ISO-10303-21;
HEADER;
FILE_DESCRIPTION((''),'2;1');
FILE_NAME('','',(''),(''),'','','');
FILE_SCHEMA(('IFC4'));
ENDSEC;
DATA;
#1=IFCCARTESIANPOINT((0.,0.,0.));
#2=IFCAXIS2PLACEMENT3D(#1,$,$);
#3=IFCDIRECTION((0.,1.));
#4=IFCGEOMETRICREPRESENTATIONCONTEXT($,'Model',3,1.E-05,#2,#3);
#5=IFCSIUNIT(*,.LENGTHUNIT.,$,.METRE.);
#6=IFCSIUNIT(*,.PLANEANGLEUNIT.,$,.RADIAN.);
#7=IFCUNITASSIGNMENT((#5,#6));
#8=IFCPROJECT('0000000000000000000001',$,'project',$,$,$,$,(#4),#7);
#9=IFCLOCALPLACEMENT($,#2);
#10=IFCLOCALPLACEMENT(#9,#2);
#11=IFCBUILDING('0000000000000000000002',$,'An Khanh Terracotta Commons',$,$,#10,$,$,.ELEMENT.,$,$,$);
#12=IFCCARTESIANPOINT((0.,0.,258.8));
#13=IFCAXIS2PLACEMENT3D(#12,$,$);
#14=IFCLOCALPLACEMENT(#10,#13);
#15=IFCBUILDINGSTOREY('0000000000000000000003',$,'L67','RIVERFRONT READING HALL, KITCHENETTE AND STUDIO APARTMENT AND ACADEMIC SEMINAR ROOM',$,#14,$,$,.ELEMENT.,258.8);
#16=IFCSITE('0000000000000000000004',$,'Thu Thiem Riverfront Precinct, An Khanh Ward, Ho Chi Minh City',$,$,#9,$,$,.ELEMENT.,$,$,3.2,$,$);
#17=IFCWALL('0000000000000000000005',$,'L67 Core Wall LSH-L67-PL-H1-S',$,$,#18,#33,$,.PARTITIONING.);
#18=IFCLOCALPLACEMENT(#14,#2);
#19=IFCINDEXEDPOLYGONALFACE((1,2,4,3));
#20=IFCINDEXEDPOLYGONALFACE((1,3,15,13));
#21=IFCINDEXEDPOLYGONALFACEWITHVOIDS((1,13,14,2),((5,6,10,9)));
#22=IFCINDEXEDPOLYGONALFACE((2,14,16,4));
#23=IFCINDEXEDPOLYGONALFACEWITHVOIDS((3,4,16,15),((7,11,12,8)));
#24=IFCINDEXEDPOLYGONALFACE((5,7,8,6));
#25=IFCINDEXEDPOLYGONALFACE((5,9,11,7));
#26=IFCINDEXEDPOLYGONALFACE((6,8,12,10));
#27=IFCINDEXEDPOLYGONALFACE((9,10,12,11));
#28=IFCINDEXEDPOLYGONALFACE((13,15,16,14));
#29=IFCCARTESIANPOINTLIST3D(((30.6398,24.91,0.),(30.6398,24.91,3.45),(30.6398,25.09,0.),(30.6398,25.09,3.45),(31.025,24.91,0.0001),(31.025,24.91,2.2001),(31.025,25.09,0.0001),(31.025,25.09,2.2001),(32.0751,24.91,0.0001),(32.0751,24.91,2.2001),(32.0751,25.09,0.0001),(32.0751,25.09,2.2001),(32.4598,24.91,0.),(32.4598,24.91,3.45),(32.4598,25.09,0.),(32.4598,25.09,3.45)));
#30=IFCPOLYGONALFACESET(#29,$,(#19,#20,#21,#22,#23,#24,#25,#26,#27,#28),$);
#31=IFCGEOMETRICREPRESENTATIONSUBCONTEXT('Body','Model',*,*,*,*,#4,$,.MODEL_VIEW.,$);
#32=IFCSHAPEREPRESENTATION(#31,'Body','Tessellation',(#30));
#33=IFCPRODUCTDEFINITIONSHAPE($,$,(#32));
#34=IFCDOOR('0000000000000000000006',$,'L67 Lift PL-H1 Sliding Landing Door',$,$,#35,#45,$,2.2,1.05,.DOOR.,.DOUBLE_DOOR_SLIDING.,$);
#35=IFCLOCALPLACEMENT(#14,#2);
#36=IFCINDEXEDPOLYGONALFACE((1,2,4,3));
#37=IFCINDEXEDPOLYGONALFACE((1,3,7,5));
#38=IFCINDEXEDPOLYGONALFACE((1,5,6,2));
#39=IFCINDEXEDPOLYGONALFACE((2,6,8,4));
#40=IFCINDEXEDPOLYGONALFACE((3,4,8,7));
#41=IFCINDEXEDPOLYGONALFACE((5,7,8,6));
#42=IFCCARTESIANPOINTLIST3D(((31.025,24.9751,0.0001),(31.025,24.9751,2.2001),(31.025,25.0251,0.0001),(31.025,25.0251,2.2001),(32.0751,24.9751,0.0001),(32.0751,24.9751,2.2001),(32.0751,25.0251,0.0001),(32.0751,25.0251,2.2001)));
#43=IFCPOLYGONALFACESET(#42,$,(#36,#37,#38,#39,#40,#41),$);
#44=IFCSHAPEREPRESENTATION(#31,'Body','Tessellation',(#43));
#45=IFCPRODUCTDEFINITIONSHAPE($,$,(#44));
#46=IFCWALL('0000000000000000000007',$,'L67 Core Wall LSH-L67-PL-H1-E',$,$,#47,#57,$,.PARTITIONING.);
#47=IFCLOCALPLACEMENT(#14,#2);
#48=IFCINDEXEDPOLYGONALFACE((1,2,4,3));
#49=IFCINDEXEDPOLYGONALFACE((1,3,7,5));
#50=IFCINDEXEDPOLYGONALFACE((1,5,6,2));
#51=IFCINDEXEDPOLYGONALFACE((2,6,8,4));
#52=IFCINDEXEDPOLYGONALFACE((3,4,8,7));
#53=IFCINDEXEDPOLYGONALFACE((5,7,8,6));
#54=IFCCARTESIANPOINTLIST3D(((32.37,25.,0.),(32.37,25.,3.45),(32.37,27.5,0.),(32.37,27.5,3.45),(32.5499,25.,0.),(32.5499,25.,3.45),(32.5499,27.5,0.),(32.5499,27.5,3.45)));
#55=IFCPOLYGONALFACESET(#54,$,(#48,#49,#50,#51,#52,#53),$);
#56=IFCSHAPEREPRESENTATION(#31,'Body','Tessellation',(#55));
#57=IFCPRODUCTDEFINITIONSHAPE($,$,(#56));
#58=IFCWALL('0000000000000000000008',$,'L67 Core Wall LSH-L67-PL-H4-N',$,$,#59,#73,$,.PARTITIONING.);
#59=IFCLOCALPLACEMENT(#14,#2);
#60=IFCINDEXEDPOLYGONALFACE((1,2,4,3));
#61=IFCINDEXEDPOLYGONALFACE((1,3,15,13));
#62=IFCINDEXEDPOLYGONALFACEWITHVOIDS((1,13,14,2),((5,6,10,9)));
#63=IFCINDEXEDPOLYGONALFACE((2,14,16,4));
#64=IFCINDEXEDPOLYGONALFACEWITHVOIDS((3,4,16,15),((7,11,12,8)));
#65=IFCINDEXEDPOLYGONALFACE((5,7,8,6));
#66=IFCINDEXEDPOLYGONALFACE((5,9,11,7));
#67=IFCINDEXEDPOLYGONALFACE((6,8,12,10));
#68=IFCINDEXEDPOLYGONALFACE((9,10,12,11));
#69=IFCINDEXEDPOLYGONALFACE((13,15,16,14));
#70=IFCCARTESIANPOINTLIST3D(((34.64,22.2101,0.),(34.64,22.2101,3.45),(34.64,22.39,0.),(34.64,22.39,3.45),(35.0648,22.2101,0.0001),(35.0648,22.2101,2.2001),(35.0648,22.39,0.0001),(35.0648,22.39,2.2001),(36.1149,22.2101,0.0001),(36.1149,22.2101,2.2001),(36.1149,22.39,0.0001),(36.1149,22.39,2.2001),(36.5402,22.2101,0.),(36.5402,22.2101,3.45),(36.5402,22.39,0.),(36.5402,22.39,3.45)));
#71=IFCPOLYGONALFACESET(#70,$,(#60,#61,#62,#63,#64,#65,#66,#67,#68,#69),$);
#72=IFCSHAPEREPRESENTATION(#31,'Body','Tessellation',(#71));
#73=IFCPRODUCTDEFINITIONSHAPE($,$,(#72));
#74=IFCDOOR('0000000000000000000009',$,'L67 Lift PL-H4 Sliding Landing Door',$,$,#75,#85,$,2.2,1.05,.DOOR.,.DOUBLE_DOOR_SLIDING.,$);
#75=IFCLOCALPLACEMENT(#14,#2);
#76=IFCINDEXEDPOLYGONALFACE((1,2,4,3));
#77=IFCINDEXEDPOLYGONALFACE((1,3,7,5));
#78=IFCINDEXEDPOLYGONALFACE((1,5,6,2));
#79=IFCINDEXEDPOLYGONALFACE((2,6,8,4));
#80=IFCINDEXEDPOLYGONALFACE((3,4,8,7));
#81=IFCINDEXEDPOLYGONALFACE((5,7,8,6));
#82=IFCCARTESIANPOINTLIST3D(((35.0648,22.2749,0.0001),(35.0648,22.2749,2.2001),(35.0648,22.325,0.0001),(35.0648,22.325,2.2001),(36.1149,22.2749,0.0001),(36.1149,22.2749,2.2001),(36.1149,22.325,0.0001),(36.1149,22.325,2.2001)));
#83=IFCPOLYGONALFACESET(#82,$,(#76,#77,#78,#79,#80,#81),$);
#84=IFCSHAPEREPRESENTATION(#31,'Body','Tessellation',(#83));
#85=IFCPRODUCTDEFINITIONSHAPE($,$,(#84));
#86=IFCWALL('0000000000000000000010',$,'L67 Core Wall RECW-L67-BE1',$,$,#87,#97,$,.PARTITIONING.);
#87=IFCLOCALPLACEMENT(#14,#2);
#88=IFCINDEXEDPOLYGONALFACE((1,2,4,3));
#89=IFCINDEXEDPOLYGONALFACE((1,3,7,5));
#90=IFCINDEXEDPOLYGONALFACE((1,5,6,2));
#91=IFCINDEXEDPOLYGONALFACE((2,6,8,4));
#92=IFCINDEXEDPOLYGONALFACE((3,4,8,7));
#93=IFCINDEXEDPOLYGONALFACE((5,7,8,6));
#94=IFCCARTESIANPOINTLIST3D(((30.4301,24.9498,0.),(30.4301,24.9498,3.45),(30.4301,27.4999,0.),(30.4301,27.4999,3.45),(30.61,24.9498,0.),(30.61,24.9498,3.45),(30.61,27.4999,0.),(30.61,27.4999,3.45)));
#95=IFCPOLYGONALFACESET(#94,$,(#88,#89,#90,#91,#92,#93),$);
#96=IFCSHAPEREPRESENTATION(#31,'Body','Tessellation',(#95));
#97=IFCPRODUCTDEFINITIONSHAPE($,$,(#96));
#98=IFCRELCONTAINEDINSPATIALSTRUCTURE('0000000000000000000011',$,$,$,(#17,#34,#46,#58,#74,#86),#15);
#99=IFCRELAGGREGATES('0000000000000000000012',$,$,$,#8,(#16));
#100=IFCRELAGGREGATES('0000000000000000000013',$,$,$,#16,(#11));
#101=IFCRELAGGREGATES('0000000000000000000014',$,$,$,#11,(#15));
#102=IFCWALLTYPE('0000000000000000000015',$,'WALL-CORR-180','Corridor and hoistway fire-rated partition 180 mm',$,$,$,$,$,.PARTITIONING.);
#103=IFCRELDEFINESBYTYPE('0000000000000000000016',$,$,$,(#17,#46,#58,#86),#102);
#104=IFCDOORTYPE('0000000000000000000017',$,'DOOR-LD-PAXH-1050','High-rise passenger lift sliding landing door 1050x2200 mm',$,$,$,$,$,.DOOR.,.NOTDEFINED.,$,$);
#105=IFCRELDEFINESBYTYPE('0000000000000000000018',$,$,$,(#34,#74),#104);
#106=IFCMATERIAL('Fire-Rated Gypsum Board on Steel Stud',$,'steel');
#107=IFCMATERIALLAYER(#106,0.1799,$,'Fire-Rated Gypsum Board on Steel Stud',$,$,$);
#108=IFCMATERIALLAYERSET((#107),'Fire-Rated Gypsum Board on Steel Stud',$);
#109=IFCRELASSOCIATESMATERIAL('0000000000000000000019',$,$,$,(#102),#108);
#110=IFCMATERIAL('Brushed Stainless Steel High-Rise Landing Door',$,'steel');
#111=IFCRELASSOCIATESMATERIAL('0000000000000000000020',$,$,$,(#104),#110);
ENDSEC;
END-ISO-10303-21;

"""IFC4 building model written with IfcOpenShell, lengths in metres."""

from ifc_helpers import new_model, si_unit, direction, frame, frame_2d, origin, place, context, subcontext, project, spatial, rectangle, extrude, material, layer, layer_set, type_object, element, fill, save


model = new_model("IFC4")

# Units and contexts
model_context = context("Model", 3, precision=1e-05, world=origin(), true_north=direction((0.0, 1.0)))
body_context = subcontext(model_context, "Body", "Model", "MODEL_VIEW")
ifc_project = project(units=[si_unit("LENGTHUNIT", "METRE"), si_unit("PLANEANGLEUNIT", "RADIAN")], contexts=[model_context])

# Site, building, storey
site_placement = place(None, origin())
site = spatial("IfcSite", under=ifc_project, at=site_placement, Name="Thu Thiem Riverfront Precinct, An Khanh Ward, Ho Chi Minh City", CompositionType="ELEMENT", RefElevation=3.2)
building_placement = place(site_placement, origin())
building = spatial("IfcBuilding", under=site, at=building_placement, Name="An Khanh Terracotta Commons", CompositionType="ELEMENT")
storey_placement = place(building_placement, frame((0.0, 0.0, 258.8)))
storey = spatial("IfcBuildingStorey", under=building, at=storey_placement, Name="L67", Description="RIVERFRONT READING HALL, KITCHENETTE AND STUDIO APARTMENT AND ACADEMIC SEMINAR ROOM", CompositionType="ELEMENT", Elevation=258.8)

# Shared definitions
ifc_material_1 = material(Name="Fire-Rated Gypsum Board on Steel Stud", Category="steel")
ifc_layer_1 = layer(ifc_material_1, 0.1799, Name="Fire-Rated Gypsum Board on Steel Stud")
ifc_layer_set_1 = layer_set([ifc_layer_1], Name="Fire-Rated Gypsum Board on Steel Stud")
wall_type_1 = type_object("IfcWallType", Name="WALL-CORR-180", Description="Corridor and hoistway fire-rated partition 180 mm", PredefinedType="PARTITIONING", material=ifc_layer_set_1)

# Wall, opening, door
wall_1_placement = place(storey_placement, frame((32.46, 25.0, 0.0), z_axis=(0.0, 0.0, 1.0), x_axis=(-1.0, 0.0, 0.0)))
wall_1 = element("IfcWall", 1, at=wall_1_placement, inside=storey, type_object=wall_type_1, Name="L67 Core Wall LSH-L67-PL-H1-S", PredefinedType="PARTITIONING", context=body_context, shape_type="SweptSolid", body=[
    extrude(rectangle(XDim=1.8201, YDim=0.1799, at=frame_2d((0.9102, 0.0))), origin(), (0.0, 0.0, 1.0), 3.45),
])
opening_1_placement = place(wall_1_placement, frame((0.385, 0.0, 0.0)))
opening_1 = element("IfcOpeningElement", 2, at=opening_1_placement, cuts=wall_1, PredefinedType="OPENING", context=body_context, shape_type="SweptSolid", body=[
    extrude(rectangle(XDim=1.05, YDim=2.2, at=frame_2d((0.5249, 1.1001))), frame((0.0, 0.0999, 0.0), z_axis=(0.0, -1.0, 0.0), x_axis=(1.0, 0.0, 0.0)), (0.0, 0.0, 1.0), 0.2),
])
ifc_material_2 = material(Name="Brushed Stainless Steel High-Rise Landing Door", Category="steel")
door_type_1 = type_object("IfcDoorType", Name="DOOR-LD-PAXH-1050", Description="High-rise passenger lift sliding landing door 1050x2200 mm", OperationType="NOTDEFINED", PredefinedType="DOOR", material=ifc_material_2)
door_1_placement = place(opening_1_placement, origin())
door_1 = element("IfcDoor", 3, at=door_1_placement, inside=storey, type_object=door_type_1, Name="L67 Lift PL-H1 Sliding Landing Door", OperationType="DOUBLE_DOOR_SLIDING", OverallHeight=2.2, OverallWidth=1.05, PredefinedType="DOOR", context=body_context, shape_type="SweptSolid", body=[
    extrude(rectangle(XDim=1.05, YDim=2.2, at=frame_2d((0.5249, 1.1001))), frame((0.0, 0.0249, 0.0), z_axis=(0.0, -1.0, 0.0), x_axis=(1.0, 0.0, 0.0)), (0.0, 0.0, 1.0), 0.05),
])
fill(opening_1, door_1)

# Wall
wall_2_placement = place(storey_placement, frame((32.46, 25.0, 0.0), z_axis=(0.0, 0.0, 1.0), x_axis=(0.0, 1.0, 0.0)))
element("IfcWall", 4, at=wall_2_placement, inside=storey, type_object=wall_type_1, Name="L67 Core Wall LSH-L67-PL-H1-E", PredefinedType="PARTITIONING", context=body_context, shape_type="SweptSolid", body=[
    extrude(rectangle(XDim=2.5, YDim=0.1799, at=frame_2d((1.25, 0.0))), origin(), (0.0, 0.0, 1.0), 3.45),
])

# Wall, opening, door
wall_3_placement = place(storey_placement, frame((34.6399, 22.3, 0.0), z_axis=(0.0, 0.0, 1.0), x_axis=(1.0, 0.0, 0.0)))
wall_3 = element("IfcWall", 5, at=wall_3_placement, inside=storey, type_object=wall_type_1, Name="L67 Core Wall LSH-L67-PL-H4-N", PredefinedType="PARTITIONING", context=body_context, shape_type="SweptSolid", body=[
    extrude(rectangle(XDim=1.9001, YDim=0.1799, at=frame_2d((0.9502, 0.0))), origin(), (0.0, 0.0, 1.0), 3.45),
])
opening_2_placement = place(wall_3_placement, frame((0.425, 0.0, 0.0)))
opening_2 = element("IfcOpeningElement", 6, at=opening_2_placement, cuts=wall_3, PredefinedType="OPENING", context=body_context, shape_type="SweptSolid", body=[
    extrude(rectangle(XDim=1.05, YDim=2.2, at=frame_2d((0.5249, 1.1001))), frame((0.0, 0.0999, 0.0), z_axis=(0.0, -1.0, 0.0), x_axis=(1.0, 0.0, 0.0)), (0.0, 0.0, 1.0), 0.2),
])
door_2_placement = place(opening_2_placement, origin())
door_2 = element("IfcDoor", 7, at=door_2_placement, inside=storey, type_object=door_type_1, Name="L67 Lift PL-H4 Sliding Landing Door", OperationType="DOUBLE_DOOR_SLIDING", OverallHeight=2.2, OverallWidth=1.05, PredefinedType="DOOR", context=body_context, shape_type="SweptSolid", body=[
    extrude(rectangle(XDim=1.05, YDim=2.2, at=frame_2d((0.5249, 1.1001))), frame((0.0, 0.0249, 0.0), z_axis=(0.0, -1.0, 0.0), x_axis=(1.0, 0.0, 0.0)), (0.0, 0.0, 1.0), 0.05),
])
fill(opening_2, door_2)

# Wall
wall_4_placement = place(storey_placement, frame((30.52, 24.95, 0.0), z_axis=(0.0, 0.0, 1.0), x_axis=(0.0, 1.0, 0.0)))
element("IfcWall", 8, at=wall_4_placement, inside=storey, type_object=wall_type_1, Name="L67 Core Wall RECW-L67-BE1", PredefinedType="PARTITIONING", context=body_context, shape_type="SweptSolid", body=[
    extrude(rectangle(XDim=2.55, YDim=0.1799, at=frame_2d((1.2749, 0.0))), origin(), (0.0, 0.0, 1.0), 3.45),
])

save(model, "model.ifc")
